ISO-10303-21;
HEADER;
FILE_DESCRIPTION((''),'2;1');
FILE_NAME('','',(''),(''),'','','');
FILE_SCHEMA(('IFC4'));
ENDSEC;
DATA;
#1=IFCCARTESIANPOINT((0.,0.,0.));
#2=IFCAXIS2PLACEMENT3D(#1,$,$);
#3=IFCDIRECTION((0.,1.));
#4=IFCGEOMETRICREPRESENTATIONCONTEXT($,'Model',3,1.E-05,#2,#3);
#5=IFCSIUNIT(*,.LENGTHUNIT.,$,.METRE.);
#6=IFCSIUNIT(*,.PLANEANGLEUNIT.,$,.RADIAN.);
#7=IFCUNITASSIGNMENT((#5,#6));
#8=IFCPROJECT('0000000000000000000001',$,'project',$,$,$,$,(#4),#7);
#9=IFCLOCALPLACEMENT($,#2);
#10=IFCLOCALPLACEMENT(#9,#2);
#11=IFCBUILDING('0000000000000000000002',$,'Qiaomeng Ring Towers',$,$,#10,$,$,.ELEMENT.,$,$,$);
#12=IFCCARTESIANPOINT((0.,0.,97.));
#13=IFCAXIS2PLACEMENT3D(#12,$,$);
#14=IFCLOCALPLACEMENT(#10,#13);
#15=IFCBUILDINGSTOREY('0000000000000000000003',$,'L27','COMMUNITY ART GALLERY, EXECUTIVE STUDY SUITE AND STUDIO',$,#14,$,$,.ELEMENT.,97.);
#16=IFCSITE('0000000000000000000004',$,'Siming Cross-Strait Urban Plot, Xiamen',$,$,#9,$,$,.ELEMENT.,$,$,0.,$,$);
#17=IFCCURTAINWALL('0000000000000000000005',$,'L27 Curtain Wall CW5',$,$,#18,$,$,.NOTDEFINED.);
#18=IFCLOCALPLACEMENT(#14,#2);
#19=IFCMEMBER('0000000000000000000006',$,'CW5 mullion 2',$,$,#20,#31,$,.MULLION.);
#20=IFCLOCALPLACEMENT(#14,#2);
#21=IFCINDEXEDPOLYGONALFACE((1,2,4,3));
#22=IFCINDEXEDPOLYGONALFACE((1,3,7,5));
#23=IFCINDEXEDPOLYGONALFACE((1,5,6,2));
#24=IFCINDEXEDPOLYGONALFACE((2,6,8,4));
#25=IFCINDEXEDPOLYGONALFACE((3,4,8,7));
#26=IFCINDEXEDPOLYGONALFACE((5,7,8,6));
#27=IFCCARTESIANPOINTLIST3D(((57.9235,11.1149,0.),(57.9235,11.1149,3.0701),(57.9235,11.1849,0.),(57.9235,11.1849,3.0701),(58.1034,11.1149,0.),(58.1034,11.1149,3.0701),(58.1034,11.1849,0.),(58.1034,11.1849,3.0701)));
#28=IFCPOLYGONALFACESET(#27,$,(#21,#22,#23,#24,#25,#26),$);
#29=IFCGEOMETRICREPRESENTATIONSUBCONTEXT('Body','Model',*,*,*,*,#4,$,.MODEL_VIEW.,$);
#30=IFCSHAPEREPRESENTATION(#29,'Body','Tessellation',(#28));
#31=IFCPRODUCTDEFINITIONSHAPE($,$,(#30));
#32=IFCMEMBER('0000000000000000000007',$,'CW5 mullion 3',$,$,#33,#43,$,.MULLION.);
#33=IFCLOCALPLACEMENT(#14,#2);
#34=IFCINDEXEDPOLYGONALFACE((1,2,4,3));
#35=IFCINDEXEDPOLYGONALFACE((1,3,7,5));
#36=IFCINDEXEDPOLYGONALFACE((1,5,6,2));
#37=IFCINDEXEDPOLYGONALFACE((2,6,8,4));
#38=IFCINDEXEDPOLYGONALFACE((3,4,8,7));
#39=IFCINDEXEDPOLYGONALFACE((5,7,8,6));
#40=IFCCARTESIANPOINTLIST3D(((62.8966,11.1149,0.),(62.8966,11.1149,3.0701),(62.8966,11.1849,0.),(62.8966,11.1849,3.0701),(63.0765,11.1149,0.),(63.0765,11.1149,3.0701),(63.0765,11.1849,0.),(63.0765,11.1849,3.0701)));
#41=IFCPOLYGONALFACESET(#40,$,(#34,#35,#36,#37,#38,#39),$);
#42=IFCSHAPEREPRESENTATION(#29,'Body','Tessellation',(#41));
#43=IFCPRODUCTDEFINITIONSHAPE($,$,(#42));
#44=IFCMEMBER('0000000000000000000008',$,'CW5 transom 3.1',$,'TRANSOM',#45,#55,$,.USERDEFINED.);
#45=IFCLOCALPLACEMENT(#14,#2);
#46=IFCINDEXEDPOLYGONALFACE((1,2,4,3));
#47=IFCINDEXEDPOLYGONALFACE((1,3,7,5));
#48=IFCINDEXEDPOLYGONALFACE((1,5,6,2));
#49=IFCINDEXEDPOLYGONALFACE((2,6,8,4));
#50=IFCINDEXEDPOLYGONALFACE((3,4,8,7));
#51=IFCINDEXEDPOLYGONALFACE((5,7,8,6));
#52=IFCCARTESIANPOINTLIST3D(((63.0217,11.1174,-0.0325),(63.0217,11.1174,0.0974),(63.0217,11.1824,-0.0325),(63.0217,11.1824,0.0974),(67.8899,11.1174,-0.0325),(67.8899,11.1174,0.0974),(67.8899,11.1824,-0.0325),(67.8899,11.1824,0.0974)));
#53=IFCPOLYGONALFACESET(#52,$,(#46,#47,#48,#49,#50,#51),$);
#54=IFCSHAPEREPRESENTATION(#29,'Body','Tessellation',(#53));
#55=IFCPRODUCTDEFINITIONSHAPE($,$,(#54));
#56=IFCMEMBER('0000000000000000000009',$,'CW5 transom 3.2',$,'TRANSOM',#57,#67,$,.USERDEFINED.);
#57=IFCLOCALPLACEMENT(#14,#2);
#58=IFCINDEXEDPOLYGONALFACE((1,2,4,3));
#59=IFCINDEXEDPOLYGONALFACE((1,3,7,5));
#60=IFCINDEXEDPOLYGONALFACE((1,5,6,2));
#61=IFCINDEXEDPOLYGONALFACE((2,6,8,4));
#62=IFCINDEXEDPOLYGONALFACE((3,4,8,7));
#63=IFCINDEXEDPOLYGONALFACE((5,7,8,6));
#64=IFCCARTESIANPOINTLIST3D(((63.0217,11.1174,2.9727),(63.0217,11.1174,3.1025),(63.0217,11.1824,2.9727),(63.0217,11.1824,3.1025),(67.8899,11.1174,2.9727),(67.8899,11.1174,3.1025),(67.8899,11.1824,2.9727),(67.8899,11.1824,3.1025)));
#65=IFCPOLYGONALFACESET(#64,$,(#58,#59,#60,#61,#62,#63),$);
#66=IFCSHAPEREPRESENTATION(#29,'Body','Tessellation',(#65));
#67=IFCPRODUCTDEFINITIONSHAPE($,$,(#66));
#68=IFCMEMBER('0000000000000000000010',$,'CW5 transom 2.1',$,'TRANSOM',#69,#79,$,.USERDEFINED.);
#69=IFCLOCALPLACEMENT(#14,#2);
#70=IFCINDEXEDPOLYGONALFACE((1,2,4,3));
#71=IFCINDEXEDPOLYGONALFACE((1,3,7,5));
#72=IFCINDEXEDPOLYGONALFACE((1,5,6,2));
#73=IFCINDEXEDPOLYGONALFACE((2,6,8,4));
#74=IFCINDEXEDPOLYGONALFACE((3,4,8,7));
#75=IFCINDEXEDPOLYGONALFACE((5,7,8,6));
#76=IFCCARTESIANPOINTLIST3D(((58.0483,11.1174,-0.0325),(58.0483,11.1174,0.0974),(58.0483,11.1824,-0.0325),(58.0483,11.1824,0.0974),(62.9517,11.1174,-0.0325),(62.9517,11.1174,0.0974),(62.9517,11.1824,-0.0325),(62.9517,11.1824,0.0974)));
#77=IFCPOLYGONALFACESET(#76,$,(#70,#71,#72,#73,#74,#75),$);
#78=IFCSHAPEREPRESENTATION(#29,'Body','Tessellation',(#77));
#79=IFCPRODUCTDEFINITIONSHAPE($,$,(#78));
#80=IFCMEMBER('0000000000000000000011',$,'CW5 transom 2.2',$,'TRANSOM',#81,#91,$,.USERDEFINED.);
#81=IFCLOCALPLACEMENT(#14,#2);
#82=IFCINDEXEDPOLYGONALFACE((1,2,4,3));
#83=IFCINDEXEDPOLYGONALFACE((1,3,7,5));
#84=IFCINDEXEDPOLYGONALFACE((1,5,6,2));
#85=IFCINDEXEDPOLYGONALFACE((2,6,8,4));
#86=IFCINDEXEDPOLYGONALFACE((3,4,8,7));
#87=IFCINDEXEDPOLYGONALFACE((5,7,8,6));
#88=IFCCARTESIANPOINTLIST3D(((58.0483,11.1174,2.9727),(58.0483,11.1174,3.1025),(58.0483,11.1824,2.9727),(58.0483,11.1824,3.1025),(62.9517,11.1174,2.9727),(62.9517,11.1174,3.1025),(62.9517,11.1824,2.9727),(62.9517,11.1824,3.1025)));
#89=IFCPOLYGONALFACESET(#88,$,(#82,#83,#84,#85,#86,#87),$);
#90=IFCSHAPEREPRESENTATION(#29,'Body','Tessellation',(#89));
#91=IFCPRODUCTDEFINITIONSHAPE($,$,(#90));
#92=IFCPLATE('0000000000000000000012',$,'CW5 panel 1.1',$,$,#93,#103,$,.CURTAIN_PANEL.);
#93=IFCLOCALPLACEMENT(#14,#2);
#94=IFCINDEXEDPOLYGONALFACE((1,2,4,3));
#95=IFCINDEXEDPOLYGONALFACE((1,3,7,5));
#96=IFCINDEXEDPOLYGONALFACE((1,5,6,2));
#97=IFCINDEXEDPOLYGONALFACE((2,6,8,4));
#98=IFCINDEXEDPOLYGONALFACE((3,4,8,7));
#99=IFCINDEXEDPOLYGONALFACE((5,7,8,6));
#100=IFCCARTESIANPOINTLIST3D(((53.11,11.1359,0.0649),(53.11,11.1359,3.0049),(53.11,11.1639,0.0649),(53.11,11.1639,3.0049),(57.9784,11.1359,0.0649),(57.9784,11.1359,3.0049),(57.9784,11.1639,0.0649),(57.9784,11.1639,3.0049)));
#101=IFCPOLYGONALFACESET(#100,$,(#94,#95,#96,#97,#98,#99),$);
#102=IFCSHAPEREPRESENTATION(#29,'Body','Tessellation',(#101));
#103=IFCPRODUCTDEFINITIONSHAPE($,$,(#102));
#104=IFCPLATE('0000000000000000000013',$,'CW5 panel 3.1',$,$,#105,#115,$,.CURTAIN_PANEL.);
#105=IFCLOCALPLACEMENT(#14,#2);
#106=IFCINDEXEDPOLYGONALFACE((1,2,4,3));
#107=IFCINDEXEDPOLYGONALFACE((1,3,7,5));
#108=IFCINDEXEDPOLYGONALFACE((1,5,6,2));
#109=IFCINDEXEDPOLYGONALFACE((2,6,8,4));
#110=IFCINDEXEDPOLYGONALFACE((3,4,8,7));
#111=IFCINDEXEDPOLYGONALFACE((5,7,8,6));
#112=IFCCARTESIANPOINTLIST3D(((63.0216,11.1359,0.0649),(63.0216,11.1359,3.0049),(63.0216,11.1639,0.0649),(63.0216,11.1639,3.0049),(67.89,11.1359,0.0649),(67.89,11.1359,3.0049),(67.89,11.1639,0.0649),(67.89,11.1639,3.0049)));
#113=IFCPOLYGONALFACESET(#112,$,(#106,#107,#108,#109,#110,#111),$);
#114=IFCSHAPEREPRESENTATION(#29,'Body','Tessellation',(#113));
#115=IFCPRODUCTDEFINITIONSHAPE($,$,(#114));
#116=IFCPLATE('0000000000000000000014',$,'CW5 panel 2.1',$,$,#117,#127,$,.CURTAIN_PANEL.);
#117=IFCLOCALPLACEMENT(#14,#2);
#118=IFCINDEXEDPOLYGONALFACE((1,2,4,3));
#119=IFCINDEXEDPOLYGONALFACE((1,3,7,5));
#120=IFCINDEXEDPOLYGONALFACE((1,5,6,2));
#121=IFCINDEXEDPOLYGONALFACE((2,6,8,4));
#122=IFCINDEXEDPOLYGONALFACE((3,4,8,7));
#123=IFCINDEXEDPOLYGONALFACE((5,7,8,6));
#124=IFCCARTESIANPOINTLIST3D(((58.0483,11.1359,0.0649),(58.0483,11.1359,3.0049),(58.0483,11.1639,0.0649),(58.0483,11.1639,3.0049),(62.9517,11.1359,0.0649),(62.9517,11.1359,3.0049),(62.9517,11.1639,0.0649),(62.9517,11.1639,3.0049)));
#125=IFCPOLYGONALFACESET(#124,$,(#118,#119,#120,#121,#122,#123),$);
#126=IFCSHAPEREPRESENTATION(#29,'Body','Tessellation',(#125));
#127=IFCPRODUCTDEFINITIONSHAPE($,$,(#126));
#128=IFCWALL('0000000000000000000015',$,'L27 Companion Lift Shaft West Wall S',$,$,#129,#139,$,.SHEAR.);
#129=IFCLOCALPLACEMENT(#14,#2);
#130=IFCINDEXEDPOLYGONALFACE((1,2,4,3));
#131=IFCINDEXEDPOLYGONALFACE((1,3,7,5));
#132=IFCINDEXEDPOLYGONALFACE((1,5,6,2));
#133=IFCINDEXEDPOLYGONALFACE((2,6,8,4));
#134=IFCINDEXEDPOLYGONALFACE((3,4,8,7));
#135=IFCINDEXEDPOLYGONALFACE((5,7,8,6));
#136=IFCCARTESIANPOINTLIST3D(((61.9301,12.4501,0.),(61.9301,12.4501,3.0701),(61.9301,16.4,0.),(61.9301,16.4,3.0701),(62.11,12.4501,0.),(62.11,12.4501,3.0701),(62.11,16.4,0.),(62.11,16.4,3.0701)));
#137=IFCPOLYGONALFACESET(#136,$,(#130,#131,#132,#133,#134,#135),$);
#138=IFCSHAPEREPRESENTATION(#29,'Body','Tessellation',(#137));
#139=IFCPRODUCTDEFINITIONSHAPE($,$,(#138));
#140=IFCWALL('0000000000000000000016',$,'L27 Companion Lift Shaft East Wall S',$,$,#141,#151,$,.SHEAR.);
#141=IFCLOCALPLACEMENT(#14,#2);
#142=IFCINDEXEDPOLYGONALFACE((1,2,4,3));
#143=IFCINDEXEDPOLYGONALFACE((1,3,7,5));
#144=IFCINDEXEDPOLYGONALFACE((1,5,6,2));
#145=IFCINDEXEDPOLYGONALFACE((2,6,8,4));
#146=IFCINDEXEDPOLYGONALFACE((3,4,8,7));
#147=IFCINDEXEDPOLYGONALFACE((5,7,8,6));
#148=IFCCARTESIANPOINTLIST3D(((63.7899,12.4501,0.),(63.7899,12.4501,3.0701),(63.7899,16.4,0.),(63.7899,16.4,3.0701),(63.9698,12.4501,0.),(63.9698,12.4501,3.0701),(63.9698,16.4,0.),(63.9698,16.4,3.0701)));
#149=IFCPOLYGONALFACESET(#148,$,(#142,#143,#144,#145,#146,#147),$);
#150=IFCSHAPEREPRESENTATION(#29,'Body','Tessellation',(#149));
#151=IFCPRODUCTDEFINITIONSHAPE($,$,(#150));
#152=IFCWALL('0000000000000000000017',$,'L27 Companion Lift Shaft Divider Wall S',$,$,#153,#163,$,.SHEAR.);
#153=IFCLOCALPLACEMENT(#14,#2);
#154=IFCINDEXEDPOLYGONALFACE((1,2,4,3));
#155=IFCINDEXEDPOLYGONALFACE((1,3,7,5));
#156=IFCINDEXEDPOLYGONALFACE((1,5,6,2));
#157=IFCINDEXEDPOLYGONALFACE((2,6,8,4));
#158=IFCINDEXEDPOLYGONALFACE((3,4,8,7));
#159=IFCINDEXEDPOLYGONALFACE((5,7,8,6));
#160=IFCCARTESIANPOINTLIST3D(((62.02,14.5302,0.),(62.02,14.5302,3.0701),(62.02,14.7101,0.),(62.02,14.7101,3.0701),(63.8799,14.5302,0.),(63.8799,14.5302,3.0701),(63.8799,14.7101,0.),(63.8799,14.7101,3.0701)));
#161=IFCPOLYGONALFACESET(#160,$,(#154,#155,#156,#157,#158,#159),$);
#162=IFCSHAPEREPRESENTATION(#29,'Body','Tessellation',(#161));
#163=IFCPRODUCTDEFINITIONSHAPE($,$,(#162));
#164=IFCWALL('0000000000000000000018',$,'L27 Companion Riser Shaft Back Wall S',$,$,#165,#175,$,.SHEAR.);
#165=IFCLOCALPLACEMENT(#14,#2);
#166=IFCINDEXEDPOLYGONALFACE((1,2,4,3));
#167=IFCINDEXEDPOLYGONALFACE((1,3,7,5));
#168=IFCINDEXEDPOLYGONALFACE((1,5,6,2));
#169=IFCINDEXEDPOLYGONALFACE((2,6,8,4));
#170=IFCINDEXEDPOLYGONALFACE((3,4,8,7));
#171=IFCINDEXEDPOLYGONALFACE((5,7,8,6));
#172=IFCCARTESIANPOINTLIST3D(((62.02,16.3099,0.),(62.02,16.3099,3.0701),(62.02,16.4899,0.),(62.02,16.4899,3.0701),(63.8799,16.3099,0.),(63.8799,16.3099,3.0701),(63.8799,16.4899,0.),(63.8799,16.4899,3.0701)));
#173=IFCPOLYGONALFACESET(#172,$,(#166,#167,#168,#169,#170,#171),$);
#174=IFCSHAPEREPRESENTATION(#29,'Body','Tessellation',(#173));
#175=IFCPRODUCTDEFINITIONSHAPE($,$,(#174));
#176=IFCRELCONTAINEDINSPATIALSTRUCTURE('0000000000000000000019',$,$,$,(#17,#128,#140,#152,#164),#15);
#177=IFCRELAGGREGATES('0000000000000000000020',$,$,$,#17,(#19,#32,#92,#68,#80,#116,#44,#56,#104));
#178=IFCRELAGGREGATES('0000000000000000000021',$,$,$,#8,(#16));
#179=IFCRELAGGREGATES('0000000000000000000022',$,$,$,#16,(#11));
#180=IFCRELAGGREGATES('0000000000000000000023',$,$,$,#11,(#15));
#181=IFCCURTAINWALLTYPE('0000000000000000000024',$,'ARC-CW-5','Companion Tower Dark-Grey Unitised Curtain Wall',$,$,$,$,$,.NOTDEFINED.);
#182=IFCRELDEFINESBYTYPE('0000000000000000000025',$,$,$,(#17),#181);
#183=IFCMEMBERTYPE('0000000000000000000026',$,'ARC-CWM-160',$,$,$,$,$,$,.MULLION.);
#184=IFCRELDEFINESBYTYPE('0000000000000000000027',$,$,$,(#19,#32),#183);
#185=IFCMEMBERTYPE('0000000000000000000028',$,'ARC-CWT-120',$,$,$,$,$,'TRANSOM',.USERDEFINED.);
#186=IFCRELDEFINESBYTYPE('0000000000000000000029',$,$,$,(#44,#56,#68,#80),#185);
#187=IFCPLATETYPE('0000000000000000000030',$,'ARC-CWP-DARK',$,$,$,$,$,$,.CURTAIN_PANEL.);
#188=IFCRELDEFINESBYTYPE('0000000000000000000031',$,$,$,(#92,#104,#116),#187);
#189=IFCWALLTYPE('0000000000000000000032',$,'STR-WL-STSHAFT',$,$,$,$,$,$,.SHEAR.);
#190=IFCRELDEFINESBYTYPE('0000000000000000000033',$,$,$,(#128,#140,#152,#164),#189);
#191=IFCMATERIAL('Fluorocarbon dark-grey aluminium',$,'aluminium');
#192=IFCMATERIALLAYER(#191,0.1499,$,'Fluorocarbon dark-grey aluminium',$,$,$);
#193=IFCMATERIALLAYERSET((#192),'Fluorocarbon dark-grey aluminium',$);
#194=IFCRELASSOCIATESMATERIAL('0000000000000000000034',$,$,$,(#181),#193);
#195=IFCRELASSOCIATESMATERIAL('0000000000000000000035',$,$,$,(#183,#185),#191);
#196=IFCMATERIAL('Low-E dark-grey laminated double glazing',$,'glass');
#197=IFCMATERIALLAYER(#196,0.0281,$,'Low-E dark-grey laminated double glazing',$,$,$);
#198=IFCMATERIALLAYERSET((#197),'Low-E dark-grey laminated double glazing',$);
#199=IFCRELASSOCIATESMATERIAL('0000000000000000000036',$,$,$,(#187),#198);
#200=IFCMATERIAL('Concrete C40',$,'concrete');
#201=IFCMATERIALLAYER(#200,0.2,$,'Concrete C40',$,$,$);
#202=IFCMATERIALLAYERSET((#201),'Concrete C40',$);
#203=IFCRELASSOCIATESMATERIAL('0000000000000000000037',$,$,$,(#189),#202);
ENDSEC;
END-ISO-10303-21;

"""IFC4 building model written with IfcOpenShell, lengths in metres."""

from ifc_helpers import new_model, si_unit, direction, frame, frame_2d, origin, origin_2d, place, context, subcontext, project, spatial, rectangle, extrude, source, transform, mapped, material, layer, layer_set, material_profile, profile_set, type_object, element, aggregate, save


model = new_model("IFC4")

# Units and contexts
model_context = context("Model", 3, precision=1e-05, world=origin(), true_north=direction((0.0, 1.0)))
body_context = subcontext(model_context, "Body", "Model", "MODEL_VIEW")
ifc_project = project(units=[si_unit("LENGTHUNIT", "METRE"), si_unit("PLANEANGLEUNIT", "RADIAN")], contexts=[model_context])

# Site, building, storey
site_placement = place(None, origin())
site = spatial("IfcSite", under=ifc_project, at=site_placement, Name="Siming Cross-Strait Urban Plot, Xiamen", CompositionType="ELEMENT", RefElevation=0.0)
building_placement = place(site_placement, origin())
building = spatial("IfcBuilding", under=site, at=building_placement, Name="Qiaomeng Ring Towers", CompositionType="ELEMENT")
storey_placement = place(building_placement, frame((0.0, 0.0, 97.0)))
storey = spatial("IfcBuildingStorey", under=building, at=storey_placement, Name="L27", Description="COMMUNITY ART GALLERY, EXECUTIVE STUDY SUITE AND STUDIO", CompositionType="ELEMENT", Elevation=97.0)

# Curtain wall, members, plates
ifc_material_1 = material(Name="Fluorocarbon dark-grey aluminium", Category="aluminium")
ifc_layer_1 = layer(ifc_material_1, 0.1499, Name="Fluorocarbon dark-grey aluminium")
ifc_layer_set_1 = layer_set([ifc_layer_1], Name="Fluorocarbon dark-grey aluminium")
curtain_wall_type = type_object("IfcCurtainWallType", Name="ARC-CW-5", Description="Companion Tower Dark-Grey Unitised Curtain Wall", PredefinedType="NOTDEFINED", material=ifc_layer_set_1)
curtain_wall_placement = place(storey_placement, origin())
curtain_wall = element("IfcCurtainWall", 1, at=curtain_wall_placement, inside=storey, type_object=curtain_wall_type, Name="L27 Curtain Wall CW5", PredefinedType="NOTDEFINED")
ifc_material_profile_1 = material_profile(ifc_material_1, rectangle(XDim=0.0701, YDim=0.1799, at=origin_2d()), Name="ALU MULL 70x180")
ifc_profile_set_1 = profile_set([ifc_material_profile_1], Name="Fluorocarbon dark-grey aluminium")
member_type_1 = type_object("IfcMemberType", Name="ARC-CWM-160", PredefinedType="MULLION", material=ifc_profile_set_1)
shared_shape_1 = source(origin(), body_context, "Body", "SweptSolid", [
    extrude(rectangle(XDim=0.0701, YDim=0.1799, at=origin_2d()), origin(), (0.0, 0.0, 1.0), 3.0701),
])
member_1_placement = place(storey_placement, frame((58.0134, 11.1499, 0.0), z_axis=(0.0, 0.0, 1.0), x_axis=(0.0, 1.0, 0.0)))
member_1 = element("IfcMember", 2, at=member_1_placement, type_object=member_type_1, Name="CW5 mullion 2", PredefinedType="MULLION", context=body_context, shape_type="MappedRepresentation", body=[
    mapped(shared_shape_1, transform((0.0, 0.0, 0.0), x_axis=(1.0, 0.0, 0.0), y_axis=(0.0, 1.0, 0.0), z_axis=(0.0, 0.0, 1.0), scale=1.0)),
])
member_2_placement = place(storey_placement, frame((62.9866, 11.1499, 0.0), z_axis=(0.0, 0.0, 1.0), x_axis=(0.0, 1.0, 0.0)))
member_2 = element("IfcMember", 3, at=member_2_placement, type_object=member_type_1, Name="CW5 mullion 3", PredefinedType="MULLION", context=body_context, shape_type="MappedRepresentation", body=[
    mapped(shared_shape_1, transform((0.0, 0.0, 0.0), x_axis=(1.0, 0.0, 0.0), y_axis=(0.0, 1.0, 0.0), z_axis=(0.0, 0.0, 1.0), scale=1.0)),
])
ifc_material_profile_2 = material_profile(ifc_material_1, rectangle(XDim=0.0649, YDim=0.1299, at=origin_2d()), Name="ALU TRAN 65x130")
ifc_profile_set_2 = profile_set([ifc_material_profile_2], Name="Fluorocarbon dark-grey aluminium")
member_type_2 = type_object("IfcMemberType", Name="ARC-CWT-120", ElementType="TRANSOM", PredefinedType="USERDEFINED", material=ifc_profile_set_2)
shared_shape_2 = source(origin(), body_context, "Body", "SweptSolid", [
    extrude(rectangle(XDim=0.0649, YDim=0.1299, at=origin_2d()), origin(), (0.0, 0.0, 1.0), 4.8682),
])
member_3_placement = place(storey_placement, frame((63.0217, 11.1499, 0.0325), z_axis=(1.0, 0.0, 0.0), x_axis=(0.0, 1.0, 0.0)))
member_3 = element("IfcMember", 4, at=member_3_placement, type_object=member_type_2, Name="CW5 transom 3.1", ObjectType="TRANSOM", PredefinedType="USERDEFINED", context=body_context, shape_type="MappedRepresentation", body=[
    mapped(shared_shape_2, transform((0.0, 0.0, 0.0), x_axis=(1.0, 0.0, 0.0), y_axis=(0.0, 1.0, 0.0), z_axis=(0.0, 0.0, 1.0), scale=1.0)),
])
member_4_placement = place(storey_placement, frame((63.0217, 11.1499, 3.0376), z_axis=(1.0, 0.0, 0.0), x_axis=(0.0, 1.0, 0.0)))
member_4 = element("IfcMember", 5, at=member_4_placement, type_object=member_type_2, Name="CW5 transom 3.2", ObjectType="TRANSOM", PredefinedType="USERDEFINED", context=body_context, shape_type="MappedRepresentation", body=[
    mapped(shared_shape_2, transform((0.0, 0.0, 0.0), x_axis=(1.0, 0.0, 0.0), y_axis=(0.0, 1.0, 0.0), z_axis=(0.0, 0.0, 1.0), scale=1.0)),
])
shared_shape_3 = source(origin(), body_context, "Body", "SweptSolid", [
    extrude(rectangle(XDim=0.0649, YDim=0.1299, at=origin_2d()), origin(), (0.0, 0.0, 1.0), 4.9033),
])
member_5_placement = place(storey_placement, frame((58.0483, 11.1499, 0.0325), z_axis=(1.0, 0.0, 0.0), x_axis=(0.0, 1.0, 0.0)))
member_5 = element("IfcMember", 6, at=member_5_placement, type_object=member_type_2, Name="CW5 transom 2.1", ObjectType="TRANSOM", PredefinedType="USERDEFINED", context=body_context, shape_type="MappedRepresentation", body=[
    mapped(shared_shape_3, transform((0.0, 0.0, 0.0), x_axis=(1.0, 0.0, 0.0), y_axis=(0.0, 1.0, 0.0), z_axis=(0.0, 0.0, 1.0), scale=1.0)),
])
member_6_placement = place(storey_placement, frame((58.0483, 11.1499, 3.0376), z_axis=(1.0, 0.0, 0.0), x_axis=(0.0, 1.0, 0.0)))
member_6 = element("IfcMember", 7, at=member_6_placement, type_object=member_type_2, Name="CW5 transom 2.2", ObjectType="TRANSOM", PredefinedType="USERDEFINED", context=body_context, shape_type="MappedRepresentation", body=[
    mapped(shared_shape_3, transform((0.0, 0.0, 0.0), x_axis=(1.0, 0.0, 0.0), y_axis=(0.0, 1.0, 0.0), z_axis=(0.0, 0.0, 1.0), scale=1.0)),
])
ifc_material_2 = material(Name="Low-E dark-grey laminated double glazing", Category="glass")
ifc_layer_2 = layer(ifc_material_2, 0.0281, Name="Low-E dark-grey laminated double glazing")
ifc_layer_set_2 = layer_set([ifc_layer_2], Name="Low-E dark-grey laminated double glazing")
plate_type = type_object("IfcPlateType", Name="ARC-CWP-DARK", PredefinedType="CURTAIN_PANEL", material=ifc_layer_set_2)
shared_shape_4 = source(origin(), body_context, "Body", "SweptSolid", [
    extrude(rectangle(XDim=4.8684, YDim=0.0281, at=origin_2d()), origin(), (0.0, 0.0, 1.0), 2.9399),
])
plate_1_placement = place(storey_placement, frame((55.5442, 11.1499, 0.0649), z_axis=(0.0, 0.0, 1.0), x_axis=(1.0, 0.0, 0.0)))
plate_1 = element("IfcPlate", 8, at=plate_1_placement, type_object=plate_type, Name="CW5 panel 1.1", PredefinedType="CURTAIN_PANEL", context=body_context, shape_type="MappedRepresentation", body=[
    mapped(shared_shape_4, transform((0.0, 0.0, 0.0), x_axis=(1.0, 0.0, 0.0), y_axis=(0.0, 1.0, 0.0), z_axis=(0.0, 0.0, 1.0), scale=1.0)),
])
plate_2_placement = place(storey_placement, frame((65.4558, 11.1499, 0.0649), z_axis=(0.0, 0.0, 1.0), x_axis=(1.0, 0.0, 0.0)))
plate_2 = element("IfcPlate", 9, at=plate_2_placement, type_object=plate_type, Name="CW5 panel 3.1", PredefinedType="CURTAIN_PANEL", context=body_context, shape_type="MappedRepresentation", body=[
    mapped(shared_shape_4, transform((0.0, 0.0, 0.0), x_axis=(1.0, 0.0, 0.0), y_axis=(0.0, 1.0, 0.0), z_axis=(0.0, 0.0, 1.0), scale=1.0)),
])
shared_shape_5 = source(origin(), body_context, "Body", "SweptSolid", [
    extrude(rectangle(XDim=4.9033, YDim=0.0281, at=origin_2d()), origin(), (0.0, 0.0, 1.0), 2.9399),
])
plate_3_placement = place(storey_placement, frame((60.5, 11.1499, 0.0649), z_axis=(0.0, 0.0, 1.0), x_axis=(1.0, 0.0, 0.0)))
plate_3 = element("IfcPlate", 10, at=plate_3_placement, type_object=plate_type, Name="CW5 panel 2.1", PredefinedType="CURTAIN_PANEL", context=body_context, shape_type="MappedRepresentation", body=[
    mapped(shared_shape_5, transform((0.0, 0.0, 0.0), x_axis=(1.0, 0.0, 0.0), y_axis=(0.0, 1.0, 0.0), z_axis=(0.0, 0.0, 1.0), scale=1.0)),
])
aggregate(curtain_wall, [member_1, member_2, plate_1, member_5, member_6, plate_3, member_3, member_4, plate_2])

# Walls
ifc_material_3 = material(Name="Concrete C40", Category="concrete")
ifc_layer_3 = layer(ifc_material_3, 0.2, Name="Concrete C40")
ifc_layer_set_3 = layer_set([ifc_layer_3], Name="Concrete C40")
wall_type_1 = type_object("IfcWallType", Name="STR-WL-STSHAFT", PredefinedType="SHEAR", material=ifc_layer_set_3)
for number, where, z_axis, x_axis, name in (
    (11, (62.02, 12.45, 0.0), (0.0, 0.0, 1.0), (0.0, 1.0, 0.0), "L27 Companion Lift Shaft West Wall S"),
    (12, (63.8799, 12.45, 0.0), (0.0, 0.0, 1.0), (0.0, 1.0, 0.0), "L27 Companion Lift Shaft East Wall S"),
):
    element("IfcWall", number, at=place(storey_placement, frame(where, z_axis=z_axis, x_axis=x_axis)), inside=storey, type_object=wall_type_1, Name=name, PredefinedType="SHEAR", context=body_context, shape_type="SweptSolid", body=[
        extrude(rectangle(XDim=3.95, YDim=0.1799, at=frame_2d((1.9751, 0.0))), origin(), (0.0, 0.0, 1.0), 3.0701),
    ])
for number, where, z_axis, x_axis, name in (
    (13, (62.02, 14.6201, 0.0), (0.0, 0.0, 1.0), (1.0, 0.0, 0.0), "L27 Companion Lift Shaft Divider Wall S"),
    (14, (62.02, 16.3999, 0.0), (0.0, 0.0, 1.0), (1.0, 0.0, 0.0), "L27 Companion Riser Shaft Back Wall S"),
):
    element("IfcWall", number, at=place(storey_placement, frame(where, z_axis=z_axis, x_axis=x_axis)), inside=storey, type_object=wall_type_1, Name=name, PredefinedType="SHEAR", context=body_context, shape_type="SweptSolid", body=[
        extrude(rectangle(XDim=1.8599, YDim=0.1799, at=frame_2d((0.9299, 0.0))), origin(), (0.0, 0.0, 1.0), 3.0701),
    ])

save(model, "model.ifc")
